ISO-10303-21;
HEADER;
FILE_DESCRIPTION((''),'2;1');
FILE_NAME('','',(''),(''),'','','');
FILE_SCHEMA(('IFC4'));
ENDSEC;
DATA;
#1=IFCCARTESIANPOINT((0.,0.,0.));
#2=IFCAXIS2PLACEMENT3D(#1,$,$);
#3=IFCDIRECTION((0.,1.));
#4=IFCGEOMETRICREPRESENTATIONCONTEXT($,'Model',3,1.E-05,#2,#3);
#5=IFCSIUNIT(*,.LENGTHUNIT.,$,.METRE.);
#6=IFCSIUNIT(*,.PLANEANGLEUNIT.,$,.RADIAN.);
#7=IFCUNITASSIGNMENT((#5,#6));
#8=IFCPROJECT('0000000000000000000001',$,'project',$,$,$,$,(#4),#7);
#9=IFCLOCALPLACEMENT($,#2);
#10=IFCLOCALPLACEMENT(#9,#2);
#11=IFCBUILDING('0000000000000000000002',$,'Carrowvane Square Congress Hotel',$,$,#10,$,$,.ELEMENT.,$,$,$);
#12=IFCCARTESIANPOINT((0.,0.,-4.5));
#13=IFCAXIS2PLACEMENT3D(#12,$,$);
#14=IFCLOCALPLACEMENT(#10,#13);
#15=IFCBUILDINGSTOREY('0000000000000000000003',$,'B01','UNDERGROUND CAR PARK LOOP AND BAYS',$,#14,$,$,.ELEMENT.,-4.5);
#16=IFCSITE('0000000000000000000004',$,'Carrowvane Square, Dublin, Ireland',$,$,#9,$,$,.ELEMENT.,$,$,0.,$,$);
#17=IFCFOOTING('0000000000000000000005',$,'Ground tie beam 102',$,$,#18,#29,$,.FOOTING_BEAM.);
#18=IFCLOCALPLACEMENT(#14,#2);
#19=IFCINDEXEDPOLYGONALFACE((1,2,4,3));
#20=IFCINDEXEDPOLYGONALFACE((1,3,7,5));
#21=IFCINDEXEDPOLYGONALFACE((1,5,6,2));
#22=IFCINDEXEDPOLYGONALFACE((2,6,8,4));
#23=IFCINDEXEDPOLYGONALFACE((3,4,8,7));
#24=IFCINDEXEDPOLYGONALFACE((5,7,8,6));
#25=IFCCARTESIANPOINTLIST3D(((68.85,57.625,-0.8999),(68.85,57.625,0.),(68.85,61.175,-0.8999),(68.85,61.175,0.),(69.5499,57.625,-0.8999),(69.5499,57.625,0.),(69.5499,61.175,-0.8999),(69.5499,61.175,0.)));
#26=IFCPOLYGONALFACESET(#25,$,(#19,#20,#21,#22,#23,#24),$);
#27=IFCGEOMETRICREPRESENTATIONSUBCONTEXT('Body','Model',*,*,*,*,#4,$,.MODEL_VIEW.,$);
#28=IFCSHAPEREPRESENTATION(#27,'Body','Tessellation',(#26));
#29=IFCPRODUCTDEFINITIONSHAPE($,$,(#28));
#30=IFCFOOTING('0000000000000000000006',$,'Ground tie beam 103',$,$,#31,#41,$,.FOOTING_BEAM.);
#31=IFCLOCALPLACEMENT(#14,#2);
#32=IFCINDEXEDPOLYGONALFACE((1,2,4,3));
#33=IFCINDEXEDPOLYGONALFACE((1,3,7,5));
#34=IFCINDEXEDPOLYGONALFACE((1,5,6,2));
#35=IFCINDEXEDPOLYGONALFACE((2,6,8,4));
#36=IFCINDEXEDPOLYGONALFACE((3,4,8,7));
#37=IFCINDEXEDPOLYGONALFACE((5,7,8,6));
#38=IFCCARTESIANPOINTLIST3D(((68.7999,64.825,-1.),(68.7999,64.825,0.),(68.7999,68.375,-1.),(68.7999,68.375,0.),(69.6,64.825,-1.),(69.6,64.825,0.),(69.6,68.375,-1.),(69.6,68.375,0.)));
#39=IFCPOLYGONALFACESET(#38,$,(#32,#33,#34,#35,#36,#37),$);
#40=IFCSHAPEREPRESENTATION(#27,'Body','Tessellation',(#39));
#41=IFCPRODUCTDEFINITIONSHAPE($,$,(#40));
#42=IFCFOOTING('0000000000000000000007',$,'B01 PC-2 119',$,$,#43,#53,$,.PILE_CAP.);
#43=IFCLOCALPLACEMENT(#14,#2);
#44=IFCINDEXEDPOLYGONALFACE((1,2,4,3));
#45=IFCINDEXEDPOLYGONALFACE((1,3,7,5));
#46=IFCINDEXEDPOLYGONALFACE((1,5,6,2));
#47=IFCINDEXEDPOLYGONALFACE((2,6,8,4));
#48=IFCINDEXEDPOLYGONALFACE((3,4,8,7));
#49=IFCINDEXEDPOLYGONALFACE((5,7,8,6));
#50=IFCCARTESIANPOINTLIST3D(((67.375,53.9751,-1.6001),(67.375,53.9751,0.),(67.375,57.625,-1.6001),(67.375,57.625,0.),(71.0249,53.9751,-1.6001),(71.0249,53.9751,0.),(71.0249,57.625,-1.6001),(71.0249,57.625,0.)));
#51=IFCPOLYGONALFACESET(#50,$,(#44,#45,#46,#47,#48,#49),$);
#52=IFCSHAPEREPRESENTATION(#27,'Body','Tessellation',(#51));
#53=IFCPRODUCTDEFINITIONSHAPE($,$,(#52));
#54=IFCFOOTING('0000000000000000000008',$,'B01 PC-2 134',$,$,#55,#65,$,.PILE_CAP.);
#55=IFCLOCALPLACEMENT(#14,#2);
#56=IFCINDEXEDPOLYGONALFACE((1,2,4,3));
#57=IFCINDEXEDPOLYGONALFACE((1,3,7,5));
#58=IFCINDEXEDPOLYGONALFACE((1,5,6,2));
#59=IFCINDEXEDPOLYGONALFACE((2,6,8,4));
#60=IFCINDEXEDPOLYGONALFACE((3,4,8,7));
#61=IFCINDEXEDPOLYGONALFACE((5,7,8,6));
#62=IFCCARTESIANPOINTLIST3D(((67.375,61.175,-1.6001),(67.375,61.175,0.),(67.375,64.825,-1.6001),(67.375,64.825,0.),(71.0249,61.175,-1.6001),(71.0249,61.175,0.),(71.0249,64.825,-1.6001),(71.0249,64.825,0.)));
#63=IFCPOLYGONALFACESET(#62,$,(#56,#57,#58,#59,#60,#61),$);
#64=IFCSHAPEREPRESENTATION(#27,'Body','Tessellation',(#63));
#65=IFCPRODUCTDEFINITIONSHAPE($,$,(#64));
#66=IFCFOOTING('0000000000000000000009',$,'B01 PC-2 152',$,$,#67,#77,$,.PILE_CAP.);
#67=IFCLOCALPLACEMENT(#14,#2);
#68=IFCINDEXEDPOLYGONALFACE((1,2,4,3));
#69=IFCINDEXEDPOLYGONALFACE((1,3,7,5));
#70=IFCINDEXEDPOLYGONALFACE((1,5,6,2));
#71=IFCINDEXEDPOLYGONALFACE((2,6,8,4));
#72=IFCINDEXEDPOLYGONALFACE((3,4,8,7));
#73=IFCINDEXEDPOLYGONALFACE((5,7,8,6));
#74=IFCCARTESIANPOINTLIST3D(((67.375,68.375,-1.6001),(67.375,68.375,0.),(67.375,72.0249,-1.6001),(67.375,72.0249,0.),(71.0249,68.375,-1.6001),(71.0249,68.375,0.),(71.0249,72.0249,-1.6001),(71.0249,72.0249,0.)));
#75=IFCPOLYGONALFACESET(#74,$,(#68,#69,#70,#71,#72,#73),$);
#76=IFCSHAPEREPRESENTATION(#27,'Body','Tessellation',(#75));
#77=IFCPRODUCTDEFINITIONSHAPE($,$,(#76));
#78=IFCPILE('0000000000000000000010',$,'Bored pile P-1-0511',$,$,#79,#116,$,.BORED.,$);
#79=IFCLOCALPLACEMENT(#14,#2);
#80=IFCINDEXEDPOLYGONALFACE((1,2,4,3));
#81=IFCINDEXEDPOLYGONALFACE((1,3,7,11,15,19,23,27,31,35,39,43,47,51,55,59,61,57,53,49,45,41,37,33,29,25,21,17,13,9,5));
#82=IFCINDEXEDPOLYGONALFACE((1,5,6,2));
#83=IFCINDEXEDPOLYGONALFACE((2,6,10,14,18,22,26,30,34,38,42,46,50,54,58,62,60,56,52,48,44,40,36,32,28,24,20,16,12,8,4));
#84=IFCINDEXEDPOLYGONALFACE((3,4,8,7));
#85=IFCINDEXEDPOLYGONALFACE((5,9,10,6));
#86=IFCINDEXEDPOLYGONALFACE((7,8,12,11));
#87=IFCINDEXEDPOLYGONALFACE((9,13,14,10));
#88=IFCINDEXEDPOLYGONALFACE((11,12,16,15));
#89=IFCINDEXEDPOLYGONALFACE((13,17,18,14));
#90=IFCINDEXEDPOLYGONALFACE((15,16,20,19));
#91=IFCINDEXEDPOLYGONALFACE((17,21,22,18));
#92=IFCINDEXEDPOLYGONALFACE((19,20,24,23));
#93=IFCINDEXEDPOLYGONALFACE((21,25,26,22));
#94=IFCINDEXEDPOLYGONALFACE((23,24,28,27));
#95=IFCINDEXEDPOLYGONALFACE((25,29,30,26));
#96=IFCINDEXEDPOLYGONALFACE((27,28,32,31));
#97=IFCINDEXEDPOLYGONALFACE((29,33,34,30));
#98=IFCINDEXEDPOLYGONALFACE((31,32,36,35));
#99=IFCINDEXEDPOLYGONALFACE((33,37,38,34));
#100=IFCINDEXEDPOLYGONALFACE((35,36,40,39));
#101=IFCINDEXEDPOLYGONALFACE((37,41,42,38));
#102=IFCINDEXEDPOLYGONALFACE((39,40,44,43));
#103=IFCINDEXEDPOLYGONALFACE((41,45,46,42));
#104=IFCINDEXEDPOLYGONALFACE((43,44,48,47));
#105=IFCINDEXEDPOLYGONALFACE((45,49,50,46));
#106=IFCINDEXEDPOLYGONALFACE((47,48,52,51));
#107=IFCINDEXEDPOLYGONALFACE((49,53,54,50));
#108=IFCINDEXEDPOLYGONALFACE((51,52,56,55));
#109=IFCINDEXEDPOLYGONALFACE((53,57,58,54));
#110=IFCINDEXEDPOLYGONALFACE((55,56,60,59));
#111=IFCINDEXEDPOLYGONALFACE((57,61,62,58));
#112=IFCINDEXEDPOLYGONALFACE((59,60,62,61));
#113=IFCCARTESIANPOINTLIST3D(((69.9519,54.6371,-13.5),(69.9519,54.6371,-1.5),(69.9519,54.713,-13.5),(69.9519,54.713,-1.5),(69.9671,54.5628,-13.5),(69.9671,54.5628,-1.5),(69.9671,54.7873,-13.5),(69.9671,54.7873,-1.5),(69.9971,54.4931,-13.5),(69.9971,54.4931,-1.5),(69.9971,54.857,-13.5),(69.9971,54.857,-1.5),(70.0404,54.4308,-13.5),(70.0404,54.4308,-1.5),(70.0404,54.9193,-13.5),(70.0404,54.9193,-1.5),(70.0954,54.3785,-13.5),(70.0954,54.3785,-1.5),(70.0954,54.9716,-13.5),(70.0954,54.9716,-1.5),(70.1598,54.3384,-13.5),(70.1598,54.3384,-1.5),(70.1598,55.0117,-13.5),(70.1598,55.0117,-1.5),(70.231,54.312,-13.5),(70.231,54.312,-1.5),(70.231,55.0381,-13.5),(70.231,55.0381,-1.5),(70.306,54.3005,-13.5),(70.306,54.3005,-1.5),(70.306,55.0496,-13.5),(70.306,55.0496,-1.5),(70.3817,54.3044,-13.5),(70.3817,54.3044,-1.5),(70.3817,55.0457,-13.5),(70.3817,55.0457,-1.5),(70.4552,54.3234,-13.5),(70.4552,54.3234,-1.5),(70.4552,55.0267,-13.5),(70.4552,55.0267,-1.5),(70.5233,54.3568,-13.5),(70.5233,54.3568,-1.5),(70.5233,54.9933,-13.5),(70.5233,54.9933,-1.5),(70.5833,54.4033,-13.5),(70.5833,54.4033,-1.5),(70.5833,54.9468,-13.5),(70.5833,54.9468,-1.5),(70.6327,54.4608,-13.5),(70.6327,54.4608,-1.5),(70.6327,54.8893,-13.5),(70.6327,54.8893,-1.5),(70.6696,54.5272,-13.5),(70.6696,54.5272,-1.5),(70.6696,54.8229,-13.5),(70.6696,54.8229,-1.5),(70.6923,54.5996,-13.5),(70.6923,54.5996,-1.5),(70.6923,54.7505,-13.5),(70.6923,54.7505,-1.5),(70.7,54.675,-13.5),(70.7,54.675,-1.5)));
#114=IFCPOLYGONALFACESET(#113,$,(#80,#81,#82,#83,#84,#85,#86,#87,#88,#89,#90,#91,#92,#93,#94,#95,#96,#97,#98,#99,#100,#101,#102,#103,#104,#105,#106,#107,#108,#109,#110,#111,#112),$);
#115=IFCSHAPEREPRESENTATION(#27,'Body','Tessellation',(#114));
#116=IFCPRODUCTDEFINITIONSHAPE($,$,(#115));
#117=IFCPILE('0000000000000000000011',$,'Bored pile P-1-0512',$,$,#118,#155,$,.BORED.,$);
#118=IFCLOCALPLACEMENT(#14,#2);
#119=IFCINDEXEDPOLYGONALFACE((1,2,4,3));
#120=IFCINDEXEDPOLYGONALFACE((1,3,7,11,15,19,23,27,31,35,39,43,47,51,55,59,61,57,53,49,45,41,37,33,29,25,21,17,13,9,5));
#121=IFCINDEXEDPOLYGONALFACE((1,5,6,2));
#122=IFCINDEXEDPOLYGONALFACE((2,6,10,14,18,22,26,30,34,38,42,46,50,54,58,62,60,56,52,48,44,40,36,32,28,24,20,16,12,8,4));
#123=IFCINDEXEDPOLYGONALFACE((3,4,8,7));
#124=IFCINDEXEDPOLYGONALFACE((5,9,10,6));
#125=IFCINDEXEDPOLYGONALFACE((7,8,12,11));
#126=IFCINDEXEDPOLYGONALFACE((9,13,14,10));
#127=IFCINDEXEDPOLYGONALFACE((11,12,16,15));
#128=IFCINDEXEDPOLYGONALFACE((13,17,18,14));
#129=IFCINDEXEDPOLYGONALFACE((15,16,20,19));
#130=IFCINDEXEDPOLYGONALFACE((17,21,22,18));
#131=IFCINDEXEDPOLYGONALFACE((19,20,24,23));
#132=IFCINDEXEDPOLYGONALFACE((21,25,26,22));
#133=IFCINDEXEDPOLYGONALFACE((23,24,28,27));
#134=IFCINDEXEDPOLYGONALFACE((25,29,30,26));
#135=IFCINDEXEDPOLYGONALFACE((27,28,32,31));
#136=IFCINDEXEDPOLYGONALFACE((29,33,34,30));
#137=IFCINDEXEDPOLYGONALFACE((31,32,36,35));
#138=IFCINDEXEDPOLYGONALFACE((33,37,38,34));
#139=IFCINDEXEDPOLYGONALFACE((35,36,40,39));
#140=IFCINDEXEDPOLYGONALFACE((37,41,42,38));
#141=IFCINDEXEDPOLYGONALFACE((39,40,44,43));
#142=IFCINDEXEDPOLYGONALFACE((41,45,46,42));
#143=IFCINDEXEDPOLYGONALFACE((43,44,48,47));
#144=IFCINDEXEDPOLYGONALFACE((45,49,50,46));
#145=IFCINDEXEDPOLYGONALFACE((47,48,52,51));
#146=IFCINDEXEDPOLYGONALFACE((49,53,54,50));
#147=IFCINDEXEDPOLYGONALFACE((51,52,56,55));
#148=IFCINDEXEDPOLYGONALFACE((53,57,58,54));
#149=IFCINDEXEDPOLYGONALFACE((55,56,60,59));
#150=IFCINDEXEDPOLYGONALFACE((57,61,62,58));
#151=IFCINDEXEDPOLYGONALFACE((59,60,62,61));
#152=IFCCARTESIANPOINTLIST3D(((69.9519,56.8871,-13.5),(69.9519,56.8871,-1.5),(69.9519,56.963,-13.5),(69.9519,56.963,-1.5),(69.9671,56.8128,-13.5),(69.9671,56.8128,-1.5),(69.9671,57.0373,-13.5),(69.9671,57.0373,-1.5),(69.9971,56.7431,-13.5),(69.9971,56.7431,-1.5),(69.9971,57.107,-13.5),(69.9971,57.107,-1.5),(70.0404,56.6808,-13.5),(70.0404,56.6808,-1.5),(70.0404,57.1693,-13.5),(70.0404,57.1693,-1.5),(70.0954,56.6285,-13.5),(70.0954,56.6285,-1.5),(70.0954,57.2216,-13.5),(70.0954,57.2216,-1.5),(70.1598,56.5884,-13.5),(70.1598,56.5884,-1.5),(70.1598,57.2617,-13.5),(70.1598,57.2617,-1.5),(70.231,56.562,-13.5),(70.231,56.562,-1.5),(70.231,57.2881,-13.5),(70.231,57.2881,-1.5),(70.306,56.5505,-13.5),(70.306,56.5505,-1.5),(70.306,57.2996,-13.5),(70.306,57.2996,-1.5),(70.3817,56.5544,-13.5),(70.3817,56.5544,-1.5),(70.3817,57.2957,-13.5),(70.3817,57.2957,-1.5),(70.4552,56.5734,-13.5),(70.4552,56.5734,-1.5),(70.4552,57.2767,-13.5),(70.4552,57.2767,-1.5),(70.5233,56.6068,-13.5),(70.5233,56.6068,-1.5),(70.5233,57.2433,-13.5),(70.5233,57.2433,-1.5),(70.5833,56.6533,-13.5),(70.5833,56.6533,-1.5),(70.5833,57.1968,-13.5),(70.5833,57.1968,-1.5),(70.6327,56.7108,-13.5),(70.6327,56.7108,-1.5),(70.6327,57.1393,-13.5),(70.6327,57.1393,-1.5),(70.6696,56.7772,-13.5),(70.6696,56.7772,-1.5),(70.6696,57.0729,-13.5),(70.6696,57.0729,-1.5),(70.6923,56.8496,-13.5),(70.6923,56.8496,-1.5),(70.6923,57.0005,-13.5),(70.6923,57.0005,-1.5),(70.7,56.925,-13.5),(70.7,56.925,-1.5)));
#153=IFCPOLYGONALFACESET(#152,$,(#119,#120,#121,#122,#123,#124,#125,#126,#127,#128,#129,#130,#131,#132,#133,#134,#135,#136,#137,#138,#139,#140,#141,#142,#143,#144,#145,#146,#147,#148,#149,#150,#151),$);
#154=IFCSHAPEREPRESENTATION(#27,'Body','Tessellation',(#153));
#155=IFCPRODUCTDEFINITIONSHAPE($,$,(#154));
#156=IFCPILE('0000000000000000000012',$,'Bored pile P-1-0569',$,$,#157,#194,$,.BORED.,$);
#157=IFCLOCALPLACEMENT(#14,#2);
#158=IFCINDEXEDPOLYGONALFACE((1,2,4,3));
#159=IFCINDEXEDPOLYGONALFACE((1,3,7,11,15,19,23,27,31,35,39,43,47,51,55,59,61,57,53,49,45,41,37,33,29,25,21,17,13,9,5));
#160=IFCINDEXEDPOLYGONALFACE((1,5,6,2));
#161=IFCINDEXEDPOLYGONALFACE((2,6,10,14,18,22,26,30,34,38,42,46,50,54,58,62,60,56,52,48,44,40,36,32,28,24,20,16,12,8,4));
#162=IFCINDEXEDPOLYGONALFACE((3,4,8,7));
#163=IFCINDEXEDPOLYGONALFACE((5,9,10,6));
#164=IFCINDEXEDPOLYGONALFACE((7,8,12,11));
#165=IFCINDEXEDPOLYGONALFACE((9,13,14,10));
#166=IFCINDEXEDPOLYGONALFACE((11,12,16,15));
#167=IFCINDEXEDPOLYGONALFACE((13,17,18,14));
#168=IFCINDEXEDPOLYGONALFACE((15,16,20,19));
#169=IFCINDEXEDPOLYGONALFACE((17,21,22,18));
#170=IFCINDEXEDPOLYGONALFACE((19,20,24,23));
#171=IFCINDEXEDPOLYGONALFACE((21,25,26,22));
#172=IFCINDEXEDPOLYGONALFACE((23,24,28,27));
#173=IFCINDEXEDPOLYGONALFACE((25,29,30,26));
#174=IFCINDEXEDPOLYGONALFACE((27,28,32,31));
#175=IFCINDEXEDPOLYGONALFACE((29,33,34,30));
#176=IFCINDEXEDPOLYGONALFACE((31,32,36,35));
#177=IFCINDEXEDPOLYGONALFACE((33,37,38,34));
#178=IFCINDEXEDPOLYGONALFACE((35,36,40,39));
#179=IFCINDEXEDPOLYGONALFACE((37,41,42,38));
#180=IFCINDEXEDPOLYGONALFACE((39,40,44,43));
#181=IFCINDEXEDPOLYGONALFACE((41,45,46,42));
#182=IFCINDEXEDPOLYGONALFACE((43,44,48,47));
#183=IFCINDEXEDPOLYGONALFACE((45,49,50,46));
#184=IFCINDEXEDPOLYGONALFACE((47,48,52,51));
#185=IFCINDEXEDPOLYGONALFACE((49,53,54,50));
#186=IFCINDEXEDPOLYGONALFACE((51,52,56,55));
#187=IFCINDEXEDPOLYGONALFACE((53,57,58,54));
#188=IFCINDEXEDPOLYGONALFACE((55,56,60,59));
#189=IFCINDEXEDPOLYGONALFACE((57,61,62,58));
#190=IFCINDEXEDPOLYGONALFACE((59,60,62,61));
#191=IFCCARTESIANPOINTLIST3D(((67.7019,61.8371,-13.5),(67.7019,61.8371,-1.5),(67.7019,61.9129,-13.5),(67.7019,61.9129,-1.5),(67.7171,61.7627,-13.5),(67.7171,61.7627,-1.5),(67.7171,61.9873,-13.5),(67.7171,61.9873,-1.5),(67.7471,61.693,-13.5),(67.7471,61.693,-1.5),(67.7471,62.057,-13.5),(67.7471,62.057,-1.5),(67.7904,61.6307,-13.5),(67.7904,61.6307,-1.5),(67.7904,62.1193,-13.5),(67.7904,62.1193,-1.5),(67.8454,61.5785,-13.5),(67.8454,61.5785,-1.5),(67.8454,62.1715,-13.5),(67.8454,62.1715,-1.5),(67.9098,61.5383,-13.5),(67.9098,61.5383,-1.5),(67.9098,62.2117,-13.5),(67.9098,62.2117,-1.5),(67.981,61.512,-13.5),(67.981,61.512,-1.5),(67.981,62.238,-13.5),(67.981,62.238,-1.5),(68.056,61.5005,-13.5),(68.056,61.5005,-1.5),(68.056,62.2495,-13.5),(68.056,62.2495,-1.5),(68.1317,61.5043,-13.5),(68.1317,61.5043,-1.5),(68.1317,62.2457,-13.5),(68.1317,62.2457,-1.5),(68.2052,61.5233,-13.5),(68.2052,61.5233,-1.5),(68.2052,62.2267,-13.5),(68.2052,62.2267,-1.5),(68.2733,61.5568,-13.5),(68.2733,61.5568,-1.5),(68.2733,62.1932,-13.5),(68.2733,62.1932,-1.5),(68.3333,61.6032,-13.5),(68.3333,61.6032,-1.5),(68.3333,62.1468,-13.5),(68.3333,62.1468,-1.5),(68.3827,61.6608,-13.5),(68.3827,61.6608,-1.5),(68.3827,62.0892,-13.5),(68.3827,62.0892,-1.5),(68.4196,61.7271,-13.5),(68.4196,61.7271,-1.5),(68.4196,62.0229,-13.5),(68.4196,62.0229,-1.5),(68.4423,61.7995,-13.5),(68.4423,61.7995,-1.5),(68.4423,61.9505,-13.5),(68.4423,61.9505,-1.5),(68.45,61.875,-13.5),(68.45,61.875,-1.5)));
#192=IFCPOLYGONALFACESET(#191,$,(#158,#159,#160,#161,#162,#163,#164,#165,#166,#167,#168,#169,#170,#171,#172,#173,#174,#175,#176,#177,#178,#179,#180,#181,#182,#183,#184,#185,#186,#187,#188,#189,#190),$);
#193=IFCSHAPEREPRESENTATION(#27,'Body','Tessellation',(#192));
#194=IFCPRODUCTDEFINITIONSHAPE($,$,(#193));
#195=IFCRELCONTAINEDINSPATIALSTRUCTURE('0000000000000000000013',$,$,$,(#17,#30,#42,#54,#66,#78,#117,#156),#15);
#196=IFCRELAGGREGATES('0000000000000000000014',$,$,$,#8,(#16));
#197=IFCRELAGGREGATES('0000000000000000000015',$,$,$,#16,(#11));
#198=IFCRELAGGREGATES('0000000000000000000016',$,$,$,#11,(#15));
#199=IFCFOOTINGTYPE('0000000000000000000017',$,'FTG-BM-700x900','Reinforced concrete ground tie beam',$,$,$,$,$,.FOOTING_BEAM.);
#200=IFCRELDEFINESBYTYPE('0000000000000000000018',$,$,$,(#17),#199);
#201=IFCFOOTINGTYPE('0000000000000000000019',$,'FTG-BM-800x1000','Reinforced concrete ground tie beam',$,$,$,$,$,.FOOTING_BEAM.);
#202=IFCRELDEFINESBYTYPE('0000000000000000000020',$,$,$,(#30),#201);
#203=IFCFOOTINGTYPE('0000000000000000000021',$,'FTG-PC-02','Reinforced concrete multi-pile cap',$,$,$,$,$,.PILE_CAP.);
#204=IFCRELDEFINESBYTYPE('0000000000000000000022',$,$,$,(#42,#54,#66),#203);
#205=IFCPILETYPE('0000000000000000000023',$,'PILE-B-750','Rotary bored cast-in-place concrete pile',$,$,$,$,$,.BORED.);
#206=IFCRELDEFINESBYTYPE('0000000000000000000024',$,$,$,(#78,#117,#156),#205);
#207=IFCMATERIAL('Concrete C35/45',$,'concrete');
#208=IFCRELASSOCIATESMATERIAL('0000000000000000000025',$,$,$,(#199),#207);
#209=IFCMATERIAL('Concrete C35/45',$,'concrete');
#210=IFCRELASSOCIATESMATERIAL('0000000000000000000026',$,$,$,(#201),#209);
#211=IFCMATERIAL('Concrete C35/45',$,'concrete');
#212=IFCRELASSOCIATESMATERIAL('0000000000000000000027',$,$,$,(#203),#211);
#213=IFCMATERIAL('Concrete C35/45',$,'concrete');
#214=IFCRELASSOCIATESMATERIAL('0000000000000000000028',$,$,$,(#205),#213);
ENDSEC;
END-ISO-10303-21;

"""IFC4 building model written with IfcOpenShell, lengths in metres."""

from ifc_helpers import new_model, si_unit, direction, frame, origin, origin_2d, place, context, subcontext, project, spatial, rectangle, circle, extrude, material, material_profile, profile_set, type_object, element, save


model = new_model("IFC4")

# Units and contexts
model_context = context("Model", 3, precision=1e-05, world=origin(), true_north=direction((0.0, 1.0)))
body_context = subcontext(model_context, "Body", "Model", "MODEL_VIEW")
ifc_project = project(units=[si_unit("LENGTHUNIT", "METRE"), si_unit("PLANEANGLEUNIT", "RADIAN")], contexts=[model_context])

# Site, building, storey
site_placement = place(None, origin())
site = spatial("IfcSite", under=ifc_project, at=site_placement, Name="Carrowvane Square, Dublin, Ireland", CompositionType="ELEMENT", RefElevation=0.0)
building_placement = place(site_placement, origin())
building = spatial("IfcBuilding", under=site, at=building_placement, Name="Carrowvane Square Congress Hotel", CompositionType="ELEMENT")
storey_placement = place(building_placement, frame((0.0, 0.0, -4.5)))
storey = spatial("IfcBuildingStorey", under=building, at=storey_placement, Name="B01", Description="UNDERGROUND CAR PARK LOOP AND BAYS", CompositionType="ELEMENT", Elevation=-4.5)

# Footings
ifc_material_1 = material(Name="Concrete C35/45", Category="concrete")
ifc_material_profile_1 = material_profile(ifc_material_1, rectangle(XDim=0.7, YDim=0.8999, at=origin_2d()), Name="RC 700x900")
ifc_profile_set_1 = profile_set([ifc_material_profile_1], Name="Concrete C35/45")
footing_type_1 = type_object("IfcFootingType", Name="FTG-BM-700x900", Description="Reinforced concrete ground tie beam", PredefinedType="FOOTING_BEAM", material=ifc_profile_set_1)
footing_1_placement = place(storey_placement, frame((69.2, 57.625, -0.45), z_axis=(0.0, 1.0, 0.0), x_axis=(-1.0, 0.0, 0.0)))
element("IfcFooting", 1, at=footing_1_placement, inside=storey, type_object=footing_type_1, Name="Ground tie beam 102", PredefinedType="FOOTING_BEAM", context=body_context, shape_type="SweptSolid", body=[
    extrude(rectangle(XDim=0.7, YDim=0.8999, at=origin_2d()), origin(), (0.0, 0.0, 1.0), 3.55),
])
ifc_material_2 = material(Name="Concrete C35/45", Category="concrete")
ifc_material_profile_2 = material_profile(ifc_material_2, rectangle(XDim=0.8, YDim=1.0, at=origin_2d()), Name="RC 800x1000")
ifc_profile_set_2 = profile_set([ifc_material_profile_2], Name="Concrete C35/45")
footing_type_2 = type_object("IfcFootingType", Name="FTG-BM-800x1000", Description="Reinforced concrete ground tie beam", PredefinedType="FOOTING_BEAM", material=ifc_profile_set_2)
footing_2_placement = place(storey_placement, frame((69.2, 64.825, -0.5), z_axis=(0.0, 1.0, 0.0), x_axis=(-1.0, 0.0, 0.0)))
element("IfcFooting", 2, at=footing_2_placement, inside=storey, type_object=footing_type_2, Name="Ground tie beam 103", PredefinedType="FOOTING_BEAM", context=body_context, shape_type="SweptSolid", body=[
    extrude(rectangle(XDim=0.8, YDim=1.0, at=origin_2d()), origin(), (0.0, 0.0, 1.0), 3.55),
])
ifc_material_3 = material(Name="Concrete C35/45", Category="concrete")
footing_type_3 = type_object("IfcFootingType", Name="FTG-PC-02", Description="Reinforced concrete multi-pile cap", PredefinedType="PILE_CAP", material=ifc_material_3)
for number, where, z_axis, x_axis, name in (
    (3, (69.2, 55.8, -1.6001), (0.0, 0.0, 1.0), (1.0, 0.0, 0.0), "B01 PC-2 119"),
    (4, (69.2, 63.0, -1.6001), (0.0, 0.0, 1.0), (1.0, 0.0, 0.0), "B01 PC-2 134"),
    (5, (69.2, 70.2, -1.6001), (0.0, 0.0, 1.0), (1.0, 0.0, 0.0), "B01 PC-2 152"),
):
    element("IfcFooting", number, at=place(storey_placement, frame(where, z_axis=z_axis, x_axis=x_axis)), inside=storey, type_object=footing_type_3, Name=name, PredefinedType="PILE_CAP", context=body_context, shape_type="SweptSolid", body=[
        extrude(rectangle(XDim=3.6499, YDim=3.6499, at=origin_2d()), origin(), (0.0, 0.0, 1.0), 1.6001),
    ])

# Piles
ifc_material_4 = material(Name="Concrete C35/45", Category="concrete")
ifc_material_profile_3 = material_profile(ifc_material_4, circle(Radius=0.375, at=origin_2d()), Name="PILE D750")
ifc_profile_set_3 = profile_set([ifc_material_profile_3], Name="Concrete C35/45")
pile_type = type_object("IfcPileType", Name="PILE-B-750", Description="Rotary bored cast-in-place concrete pile", PredefinedType="BORED", material=ifc_profile_set_3)
for number, where, z_axis, x_axis, name in (
    (6, (70.325, 54.675, -1.5), (0.0, 0.0, -1.0), (1.0, 0.0, 0.0), "Bored pile P-1-0511"),
    (7, (70.325, 56.925, -1.5), (0.0, 0.0, -1.0), (1.0, 0.0, 0.0), "Bored pile P-1-0512"),
    (8, (68.075, 61.875, -1.5), (0.0, 0.0, -1.0), (1.0, 0.0, 0.0), "Bored pile P-1-0569"),
):
    element("IfcPile", number, at=place(storey_placement, frame(where, z_axis=z_axis, x_axis=x_axis)), inside=storey, type_object=pile_type, Name=name, PredefinedType="BORED", context=body_context, shape_type="SweptSolid", body=[
        extrude(circle(Radius=0.375, at=origin_2d()), origin(), (0.0, 0.0, 1.0), 12.0),
    ])

save(model, "model.ifc")
